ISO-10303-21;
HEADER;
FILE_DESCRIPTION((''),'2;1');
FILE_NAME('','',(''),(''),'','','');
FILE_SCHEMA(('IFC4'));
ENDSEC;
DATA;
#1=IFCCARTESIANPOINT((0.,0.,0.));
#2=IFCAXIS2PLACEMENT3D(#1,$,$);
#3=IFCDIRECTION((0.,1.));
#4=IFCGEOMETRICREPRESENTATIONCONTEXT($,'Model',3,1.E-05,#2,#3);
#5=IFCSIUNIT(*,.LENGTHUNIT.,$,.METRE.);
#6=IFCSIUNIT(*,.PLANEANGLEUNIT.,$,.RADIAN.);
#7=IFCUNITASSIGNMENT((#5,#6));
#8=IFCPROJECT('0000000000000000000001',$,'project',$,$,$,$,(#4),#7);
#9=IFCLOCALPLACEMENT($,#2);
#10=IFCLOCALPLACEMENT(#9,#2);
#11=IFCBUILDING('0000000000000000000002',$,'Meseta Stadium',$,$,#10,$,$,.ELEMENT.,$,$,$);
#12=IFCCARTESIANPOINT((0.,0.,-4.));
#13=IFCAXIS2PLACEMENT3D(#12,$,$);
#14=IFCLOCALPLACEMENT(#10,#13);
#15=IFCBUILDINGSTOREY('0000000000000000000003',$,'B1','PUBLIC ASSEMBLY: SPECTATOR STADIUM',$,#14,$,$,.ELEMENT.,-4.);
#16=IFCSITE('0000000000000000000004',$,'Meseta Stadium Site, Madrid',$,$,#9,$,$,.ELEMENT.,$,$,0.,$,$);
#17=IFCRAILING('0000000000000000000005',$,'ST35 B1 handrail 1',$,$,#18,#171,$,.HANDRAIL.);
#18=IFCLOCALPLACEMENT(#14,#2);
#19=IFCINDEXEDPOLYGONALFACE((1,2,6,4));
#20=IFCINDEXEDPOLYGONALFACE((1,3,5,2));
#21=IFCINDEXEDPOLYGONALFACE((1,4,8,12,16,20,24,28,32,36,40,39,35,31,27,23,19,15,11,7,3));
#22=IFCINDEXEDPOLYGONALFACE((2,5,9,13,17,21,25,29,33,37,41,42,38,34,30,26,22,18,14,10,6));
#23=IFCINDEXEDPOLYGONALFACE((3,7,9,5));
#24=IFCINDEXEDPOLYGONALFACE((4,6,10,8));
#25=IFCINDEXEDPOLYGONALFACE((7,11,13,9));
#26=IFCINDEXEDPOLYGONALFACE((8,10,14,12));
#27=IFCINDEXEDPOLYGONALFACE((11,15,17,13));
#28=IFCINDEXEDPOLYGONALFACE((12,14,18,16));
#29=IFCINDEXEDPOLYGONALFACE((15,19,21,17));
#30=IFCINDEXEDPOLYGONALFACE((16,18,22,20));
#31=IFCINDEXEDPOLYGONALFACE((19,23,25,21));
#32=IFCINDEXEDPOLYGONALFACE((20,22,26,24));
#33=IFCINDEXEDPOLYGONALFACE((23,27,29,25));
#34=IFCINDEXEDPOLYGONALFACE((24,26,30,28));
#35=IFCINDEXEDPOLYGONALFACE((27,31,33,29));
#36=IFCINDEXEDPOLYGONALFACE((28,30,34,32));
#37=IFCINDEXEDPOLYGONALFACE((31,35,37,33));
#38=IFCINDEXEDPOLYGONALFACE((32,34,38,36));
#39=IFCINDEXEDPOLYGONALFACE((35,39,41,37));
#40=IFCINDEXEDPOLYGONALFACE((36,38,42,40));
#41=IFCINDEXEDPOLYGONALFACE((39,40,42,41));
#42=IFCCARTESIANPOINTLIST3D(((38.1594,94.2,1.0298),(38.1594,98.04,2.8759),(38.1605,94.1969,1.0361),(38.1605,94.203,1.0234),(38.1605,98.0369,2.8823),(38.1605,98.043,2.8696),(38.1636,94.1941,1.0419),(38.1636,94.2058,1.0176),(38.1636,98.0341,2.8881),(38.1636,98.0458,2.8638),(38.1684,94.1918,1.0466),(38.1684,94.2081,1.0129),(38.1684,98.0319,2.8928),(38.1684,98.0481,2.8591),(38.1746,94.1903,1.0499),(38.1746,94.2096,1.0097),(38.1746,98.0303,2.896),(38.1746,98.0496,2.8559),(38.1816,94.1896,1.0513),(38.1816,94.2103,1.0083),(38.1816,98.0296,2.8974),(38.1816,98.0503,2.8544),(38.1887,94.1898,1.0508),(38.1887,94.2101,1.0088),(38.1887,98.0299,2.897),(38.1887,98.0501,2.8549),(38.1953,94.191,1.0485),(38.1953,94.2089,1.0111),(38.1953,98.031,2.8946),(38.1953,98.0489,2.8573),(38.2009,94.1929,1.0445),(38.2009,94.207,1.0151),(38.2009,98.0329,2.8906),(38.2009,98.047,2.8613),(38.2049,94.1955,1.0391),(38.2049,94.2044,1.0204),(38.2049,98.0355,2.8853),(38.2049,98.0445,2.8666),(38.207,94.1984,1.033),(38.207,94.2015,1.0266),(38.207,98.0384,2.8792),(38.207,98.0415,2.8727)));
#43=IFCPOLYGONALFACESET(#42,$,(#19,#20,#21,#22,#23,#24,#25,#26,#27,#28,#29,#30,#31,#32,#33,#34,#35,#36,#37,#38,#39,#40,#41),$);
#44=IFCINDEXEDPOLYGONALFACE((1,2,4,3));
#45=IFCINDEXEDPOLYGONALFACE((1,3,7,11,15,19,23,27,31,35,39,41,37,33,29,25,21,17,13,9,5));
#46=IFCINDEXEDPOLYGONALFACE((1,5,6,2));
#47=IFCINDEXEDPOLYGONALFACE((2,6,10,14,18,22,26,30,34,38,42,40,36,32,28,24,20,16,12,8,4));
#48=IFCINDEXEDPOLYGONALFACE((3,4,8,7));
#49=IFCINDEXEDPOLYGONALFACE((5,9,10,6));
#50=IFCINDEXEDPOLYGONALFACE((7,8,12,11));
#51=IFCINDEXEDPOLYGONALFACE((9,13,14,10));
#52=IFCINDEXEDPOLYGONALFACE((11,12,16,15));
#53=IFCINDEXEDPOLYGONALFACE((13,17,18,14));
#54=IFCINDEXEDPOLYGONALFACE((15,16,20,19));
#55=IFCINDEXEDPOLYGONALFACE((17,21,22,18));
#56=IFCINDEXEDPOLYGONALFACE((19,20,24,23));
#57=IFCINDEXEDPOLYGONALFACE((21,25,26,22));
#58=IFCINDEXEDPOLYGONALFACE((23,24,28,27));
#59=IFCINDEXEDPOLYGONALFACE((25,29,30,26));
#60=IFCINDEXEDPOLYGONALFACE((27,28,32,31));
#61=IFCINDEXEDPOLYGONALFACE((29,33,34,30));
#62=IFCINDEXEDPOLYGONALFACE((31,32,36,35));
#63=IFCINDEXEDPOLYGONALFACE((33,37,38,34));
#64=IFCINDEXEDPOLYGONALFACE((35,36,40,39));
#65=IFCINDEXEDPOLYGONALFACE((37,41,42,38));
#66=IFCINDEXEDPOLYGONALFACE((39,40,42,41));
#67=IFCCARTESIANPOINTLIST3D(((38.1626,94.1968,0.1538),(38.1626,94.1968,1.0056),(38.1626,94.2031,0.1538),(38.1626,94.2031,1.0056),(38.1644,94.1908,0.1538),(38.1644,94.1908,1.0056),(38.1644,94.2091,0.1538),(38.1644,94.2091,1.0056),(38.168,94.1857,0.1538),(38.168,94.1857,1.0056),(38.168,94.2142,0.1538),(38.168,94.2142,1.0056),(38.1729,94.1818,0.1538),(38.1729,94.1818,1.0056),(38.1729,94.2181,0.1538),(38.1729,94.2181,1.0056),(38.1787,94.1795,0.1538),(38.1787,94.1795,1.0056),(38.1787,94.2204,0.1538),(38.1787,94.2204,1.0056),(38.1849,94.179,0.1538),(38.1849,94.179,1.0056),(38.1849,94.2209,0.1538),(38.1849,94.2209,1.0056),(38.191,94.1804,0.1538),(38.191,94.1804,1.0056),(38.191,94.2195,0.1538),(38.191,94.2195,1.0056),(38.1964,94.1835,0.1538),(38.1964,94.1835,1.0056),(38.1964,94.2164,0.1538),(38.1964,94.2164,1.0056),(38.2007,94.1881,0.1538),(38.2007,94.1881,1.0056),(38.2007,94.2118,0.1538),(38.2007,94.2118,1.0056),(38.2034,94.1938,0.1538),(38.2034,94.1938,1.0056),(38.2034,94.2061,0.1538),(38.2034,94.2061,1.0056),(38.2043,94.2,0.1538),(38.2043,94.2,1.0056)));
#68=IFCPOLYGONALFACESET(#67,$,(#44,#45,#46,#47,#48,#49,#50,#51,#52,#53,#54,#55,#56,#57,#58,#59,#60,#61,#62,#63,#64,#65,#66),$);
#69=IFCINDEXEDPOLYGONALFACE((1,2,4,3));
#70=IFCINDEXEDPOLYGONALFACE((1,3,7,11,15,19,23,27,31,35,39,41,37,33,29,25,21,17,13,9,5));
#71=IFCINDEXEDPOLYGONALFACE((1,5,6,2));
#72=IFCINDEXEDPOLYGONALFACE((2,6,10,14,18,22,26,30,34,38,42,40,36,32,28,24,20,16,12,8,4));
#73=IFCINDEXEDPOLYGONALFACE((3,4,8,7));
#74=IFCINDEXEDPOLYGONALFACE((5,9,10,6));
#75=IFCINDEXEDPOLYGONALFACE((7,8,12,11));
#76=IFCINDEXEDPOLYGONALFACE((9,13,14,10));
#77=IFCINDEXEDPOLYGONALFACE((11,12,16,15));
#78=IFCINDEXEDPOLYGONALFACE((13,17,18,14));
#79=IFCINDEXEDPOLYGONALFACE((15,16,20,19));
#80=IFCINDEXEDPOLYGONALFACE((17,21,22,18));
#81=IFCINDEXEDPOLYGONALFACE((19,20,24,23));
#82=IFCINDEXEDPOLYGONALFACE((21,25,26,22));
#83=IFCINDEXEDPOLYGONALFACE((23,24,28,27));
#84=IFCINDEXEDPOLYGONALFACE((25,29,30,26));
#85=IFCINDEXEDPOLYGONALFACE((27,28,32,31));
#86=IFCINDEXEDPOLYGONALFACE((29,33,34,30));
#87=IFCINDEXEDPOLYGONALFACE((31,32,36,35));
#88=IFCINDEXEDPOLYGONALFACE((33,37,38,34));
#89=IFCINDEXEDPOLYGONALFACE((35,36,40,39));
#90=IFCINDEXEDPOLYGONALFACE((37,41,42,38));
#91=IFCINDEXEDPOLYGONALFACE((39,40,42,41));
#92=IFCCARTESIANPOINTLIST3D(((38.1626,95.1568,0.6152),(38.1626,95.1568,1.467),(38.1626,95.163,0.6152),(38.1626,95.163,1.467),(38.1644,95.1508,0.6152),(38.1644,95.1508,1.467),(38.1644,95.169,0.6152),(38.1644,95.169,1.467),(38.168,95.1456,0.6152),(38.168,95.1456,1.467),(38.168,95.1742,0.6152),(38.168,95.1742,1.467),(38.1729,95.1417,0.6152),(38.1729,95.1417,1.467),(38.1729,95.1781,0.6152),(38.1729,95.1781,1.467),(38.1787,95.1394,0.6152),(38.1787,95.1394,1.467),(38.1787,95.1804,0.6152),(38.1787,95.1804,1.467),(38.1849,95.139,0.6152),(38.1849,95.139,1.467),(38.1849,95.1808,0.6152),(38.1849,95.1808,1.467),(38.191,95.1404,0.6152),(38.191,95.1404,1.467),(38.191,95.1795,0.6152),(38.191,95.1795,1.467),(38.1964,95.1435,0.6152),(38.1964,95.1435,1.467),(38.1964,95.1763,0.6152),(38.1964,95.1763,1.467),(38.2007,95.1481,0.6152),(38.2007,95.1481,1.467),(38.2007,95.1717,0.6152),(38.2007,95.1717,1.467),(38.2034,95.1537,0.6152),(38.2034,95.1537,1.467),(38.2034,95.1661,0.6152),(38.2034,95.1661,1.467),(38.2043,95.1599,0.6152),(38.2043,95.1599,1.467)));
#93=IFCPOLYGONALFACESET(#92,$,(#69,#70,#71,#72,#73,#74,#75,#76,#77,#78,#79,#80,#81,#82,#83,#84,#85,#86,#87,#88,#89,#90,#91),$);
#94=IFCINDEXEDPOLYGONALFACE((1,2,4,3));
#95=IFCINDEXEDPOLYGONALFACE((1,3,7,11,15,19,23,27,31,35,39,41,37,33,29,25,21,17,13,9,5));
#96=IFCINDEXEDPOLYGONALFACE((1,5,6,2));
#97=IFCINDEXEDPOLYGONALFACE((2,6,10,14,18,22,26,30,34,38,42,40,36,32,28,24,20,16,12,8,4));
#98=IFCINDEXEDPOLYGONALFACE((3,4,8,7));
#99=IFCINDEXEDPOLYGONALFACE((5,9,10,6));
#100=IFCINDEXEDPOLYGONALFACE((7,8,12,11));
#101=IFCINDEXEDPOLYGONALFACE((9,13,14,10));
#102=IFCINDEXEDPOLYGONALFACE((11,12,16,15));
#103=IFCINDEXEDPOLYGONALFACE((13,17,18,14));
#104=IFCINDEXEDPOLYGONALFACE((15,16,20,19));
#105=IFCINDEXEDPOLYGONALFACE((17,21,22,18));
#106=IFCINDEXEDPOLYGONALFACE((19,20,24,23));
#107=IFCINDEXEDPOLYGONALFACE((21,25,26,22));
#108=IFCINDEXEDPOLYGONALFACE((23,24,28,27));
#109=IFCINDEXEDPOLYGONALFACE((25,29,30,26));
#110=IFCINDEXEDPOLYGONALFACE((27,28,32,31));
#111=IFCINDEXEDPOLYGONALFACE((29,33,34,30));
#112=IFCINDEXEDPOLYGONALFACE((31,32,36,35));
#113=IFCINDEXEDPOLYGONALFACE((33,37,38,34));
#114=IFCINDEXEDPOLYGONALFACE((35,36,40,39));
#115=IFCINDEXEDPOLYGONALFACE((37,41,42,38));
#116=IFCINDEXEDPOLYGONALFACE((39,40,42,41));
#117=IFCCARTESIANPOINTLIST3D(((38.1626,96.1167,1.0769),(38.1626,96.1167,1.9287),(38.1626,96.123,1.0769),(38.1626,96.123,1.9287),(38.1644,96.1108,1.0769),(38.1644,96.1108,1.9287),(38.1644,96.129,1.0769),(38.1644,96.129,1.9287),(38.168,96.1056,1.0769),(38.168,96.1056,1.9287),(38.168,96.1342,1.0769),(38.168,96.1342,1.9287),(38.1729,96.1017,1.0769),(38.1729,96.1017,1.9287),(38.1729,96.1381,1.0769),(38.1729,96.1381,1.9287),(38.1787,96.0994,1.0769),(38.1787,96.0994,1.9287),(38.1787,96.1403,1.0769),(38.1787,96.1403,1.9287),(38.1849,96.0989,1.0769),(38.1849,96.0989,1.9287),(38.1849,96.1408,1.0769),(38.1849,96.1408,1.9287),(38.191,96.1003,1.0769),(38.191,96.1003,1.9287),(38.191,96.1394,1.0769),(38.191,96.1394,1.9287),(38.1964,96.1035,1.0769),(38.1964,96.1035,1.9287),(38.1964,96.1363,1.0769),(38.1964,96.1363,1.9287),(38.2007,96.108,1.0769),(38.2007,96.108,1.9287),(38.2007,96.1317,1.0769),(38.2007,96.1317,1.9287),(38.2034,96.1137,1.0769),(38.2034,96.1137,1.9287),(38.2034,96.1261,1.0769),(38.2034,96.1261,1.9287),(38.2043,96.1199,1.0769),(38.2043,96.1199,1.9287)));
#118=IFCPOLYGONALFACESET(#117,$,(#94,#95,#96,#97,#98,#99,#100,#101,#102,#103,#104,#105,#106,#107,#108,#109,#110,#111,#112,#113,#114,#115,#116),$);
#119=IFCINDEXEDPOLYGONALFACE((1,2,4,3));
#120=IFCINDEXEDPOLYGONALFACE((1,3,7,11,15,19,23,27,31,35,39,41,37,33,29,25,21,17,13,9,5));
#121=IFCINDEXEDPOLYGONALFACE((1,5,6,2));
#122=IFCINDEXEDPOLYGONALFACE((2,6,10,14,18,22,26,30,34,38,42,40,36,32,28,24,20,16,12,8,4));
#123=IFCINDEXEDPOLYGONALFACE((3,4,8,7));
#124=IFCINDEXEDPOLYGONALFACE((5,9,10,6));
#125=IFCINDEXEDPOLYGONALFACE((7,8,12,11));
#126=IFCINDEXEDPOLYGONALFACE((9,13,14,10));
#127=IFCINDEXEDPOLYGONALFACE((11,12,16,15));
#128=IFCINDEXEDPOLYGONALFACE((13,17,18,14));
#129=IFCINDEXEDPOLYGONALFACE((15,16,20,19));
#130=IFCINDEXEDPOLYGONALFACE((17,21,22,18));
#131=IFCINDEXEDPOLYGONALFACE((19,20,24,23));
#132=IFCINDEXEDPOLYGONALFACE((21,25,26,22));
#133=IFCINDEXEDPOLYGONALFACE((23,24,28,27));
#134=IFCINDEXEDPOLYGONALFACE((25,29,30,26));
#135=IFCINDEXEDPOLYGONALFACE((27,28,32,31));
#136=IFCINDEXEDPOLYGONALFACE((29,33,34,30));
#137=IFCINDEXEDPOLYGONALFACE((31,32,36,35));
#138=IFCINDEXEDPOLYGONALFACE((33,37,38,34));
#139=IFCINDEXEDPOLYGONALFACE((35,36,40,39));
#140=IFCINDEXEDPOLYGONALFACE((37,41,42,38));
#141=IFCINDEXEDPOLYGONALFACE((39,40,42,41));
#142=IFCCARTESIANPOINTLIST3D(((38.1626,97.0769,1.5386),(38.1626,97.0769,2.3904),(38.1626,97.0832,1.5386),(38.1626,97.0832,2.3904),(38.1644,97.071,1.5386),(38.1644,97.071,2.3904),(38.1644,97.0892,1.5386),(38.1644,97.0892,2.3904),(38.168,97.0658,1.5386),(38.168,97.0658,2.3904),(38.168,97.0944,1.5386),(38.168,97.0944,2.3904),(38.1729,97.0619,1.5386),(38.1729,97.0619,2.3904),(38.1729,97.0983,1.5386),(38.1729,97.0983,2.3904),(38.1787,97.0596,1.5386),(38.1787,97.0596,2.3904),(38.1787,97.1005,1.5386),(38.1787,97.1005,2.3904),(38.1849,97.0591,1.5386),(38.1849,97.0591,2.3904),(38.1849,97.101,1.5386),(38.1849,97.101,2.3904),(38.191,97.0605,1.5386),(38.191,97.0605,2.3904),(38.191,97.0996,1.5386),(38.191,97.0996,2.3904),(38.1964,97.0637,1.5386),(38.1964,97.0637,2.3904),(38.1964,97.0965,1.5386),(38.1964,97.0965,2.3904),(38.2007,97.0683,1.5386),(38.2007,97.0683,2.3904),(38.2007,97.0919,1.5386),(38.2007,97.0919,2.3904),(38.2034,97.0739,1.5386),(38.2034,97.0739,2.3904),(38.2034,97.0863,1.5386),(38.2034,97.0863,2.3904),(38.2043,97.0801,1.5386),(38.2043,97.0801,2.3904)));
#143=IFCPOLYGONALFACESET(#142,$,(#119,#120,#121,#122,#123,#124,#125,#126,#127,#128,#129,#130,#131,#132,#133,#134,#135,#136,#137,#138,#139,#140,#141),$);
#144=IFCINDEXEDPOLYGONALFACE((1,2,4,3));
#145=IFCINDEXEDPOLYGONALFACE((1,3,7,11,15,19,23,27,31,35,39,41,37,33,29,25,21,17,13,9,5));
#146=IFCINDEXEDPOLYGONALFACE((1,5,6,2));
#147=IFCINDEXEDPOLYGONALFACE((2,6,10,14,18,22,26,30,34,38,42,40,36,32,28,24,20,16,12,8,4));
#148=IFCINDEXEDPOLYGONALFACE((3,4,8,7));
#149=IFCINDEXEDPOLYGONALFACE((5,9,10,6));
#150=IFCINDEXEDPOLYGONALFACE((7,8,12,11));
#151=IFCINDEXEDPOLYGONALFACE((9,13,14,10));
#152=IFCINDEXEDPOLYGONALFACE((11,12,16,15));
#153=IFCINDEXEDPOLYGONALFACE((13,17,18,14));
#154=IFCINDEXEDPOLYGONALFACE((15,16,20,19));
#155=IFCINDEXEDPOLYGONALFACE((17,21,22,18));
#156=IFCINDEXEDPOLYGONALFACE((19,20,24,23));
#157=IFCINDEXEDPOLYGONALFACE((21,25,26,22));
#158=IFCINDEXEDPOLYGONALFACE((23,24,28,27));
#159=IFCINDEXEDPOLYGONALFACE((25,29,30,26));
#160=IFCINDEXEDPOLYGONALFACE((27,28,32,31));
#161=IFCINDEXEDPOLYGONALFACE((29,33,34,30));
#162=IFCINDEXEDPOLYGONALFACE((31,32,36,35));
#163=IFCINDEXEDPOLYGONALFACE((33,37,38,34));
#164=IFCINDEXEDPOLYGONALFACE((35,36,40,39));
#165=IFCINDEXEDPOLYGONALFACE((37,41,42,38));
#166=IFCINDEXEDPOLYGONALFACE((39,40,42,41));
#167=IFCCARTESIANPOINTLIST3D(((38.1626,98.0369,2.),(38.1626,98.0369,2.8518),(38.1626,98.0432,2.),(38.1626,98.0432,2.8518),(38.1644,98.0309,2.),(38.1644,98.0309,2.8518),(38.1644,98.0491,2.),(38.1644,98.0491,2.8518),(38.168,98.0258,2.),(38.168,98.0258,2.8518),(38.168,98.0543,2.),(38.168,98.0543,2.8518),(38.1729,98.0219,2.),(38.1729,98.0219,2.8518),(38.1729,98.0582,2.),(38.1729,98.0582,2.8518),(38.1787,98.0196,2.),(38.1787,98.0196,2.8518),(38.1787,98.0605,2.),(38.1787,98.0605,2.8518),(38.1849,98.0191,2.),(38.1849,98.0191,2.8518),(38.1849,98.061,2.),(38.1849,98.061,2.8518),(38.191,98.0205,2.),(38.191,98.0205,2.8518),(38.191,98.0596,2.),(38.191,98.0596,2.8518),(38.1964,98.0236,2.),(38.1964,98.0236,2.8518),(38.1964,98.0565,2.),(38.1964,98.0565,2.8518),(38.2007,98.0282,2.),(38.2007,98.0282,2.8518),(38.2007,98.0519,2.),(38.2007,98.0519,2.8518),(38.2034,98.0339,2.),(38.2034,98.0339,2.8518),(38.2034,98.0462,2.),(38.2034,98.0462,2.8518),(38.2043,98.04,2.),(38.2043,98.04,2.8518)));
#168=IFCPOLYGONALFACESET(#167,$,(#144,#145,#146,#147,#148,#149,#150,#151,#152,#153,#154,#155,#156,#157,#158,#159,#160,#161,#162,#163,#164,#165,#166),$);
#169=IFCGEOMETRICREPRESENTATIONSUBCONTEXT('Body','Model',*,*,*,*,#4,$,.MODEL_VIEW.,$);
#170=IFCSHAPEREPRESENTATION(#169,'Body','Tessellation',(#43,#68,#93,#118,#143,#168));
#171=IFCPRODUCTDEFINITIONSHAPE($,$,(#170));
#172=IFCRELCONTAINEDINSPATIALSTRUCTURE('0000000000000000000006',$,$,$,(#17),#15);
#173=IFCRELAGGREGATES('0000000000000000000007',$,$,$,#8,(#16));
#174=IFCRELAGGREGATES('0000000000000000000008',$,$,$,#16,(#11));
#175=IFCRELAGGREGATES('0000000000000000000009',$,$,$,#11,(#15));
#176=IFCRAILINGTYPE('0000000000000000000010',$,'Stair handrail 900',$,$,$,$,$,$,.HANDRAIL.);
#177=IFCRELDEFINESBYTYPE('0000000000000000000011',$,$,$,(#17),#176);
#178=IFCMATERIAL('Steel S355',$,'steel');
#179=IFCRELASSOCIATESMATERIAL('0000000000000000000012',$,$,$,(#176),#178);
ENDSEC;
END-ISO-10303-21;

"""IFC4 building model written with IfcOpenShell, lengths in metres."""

from ifc_helpers import new_model, si_unit, direction, frame, origin, origin_2d, place, context, subcontext, project, spatial, circle, extrude, material, type_object, element, save


model = new_model("IFC4")

# Units and contexts
model_context = context("Model", 3, precision=1e-05, world=origin(), true_north=direction((0.0, 1.0)))
body_context = subcontext(model_context, "Body", "Model", "MODEL_VIEW")
ifc_project = project(units=[si_unit("LENGTHUNIT", "METRE"), si_unit("PLANEANGLEUNIT", "RADIAN")], contexts=[model_context])

# Site, building, storey
site_placement = place(None, origin())
site = spatial("IfcSite", under=ifc_project, at=site_placement, Name="Meseta Stadium Site, Madrid", CompositionType="ELEMENT", RefElevation=0.0)
building_placement = place(site_placement, origin())
building = spatial("IfcBuilding", under=site, at=building_placement, Name="Meseta Stadium", CompositionType="ELEMENT")
storey_placement = place(building_placement, frame((0.0, 0.0, -4.0)))
storey = spatial("IfcBuildingStorey", under=building, at=storey_placement, Name="B1", Description="PUBLIC ASSEMBLY: SPECTATOR STADIUM", CompositionType="ELEMENT", Elevation=-4.0)

# Railing
ifc_material_1 = material(Name="Steel S355", Category="steel")
railing_type_1 = type_object("IfcRailingType", Name="Stair handrail 900", PredefinedType="HANDRAIL", material=ifc_material_1)
for number, where, name in (
    (1, (38.1833, 94.2, 0.1538), "ST35 B1 handrail 1"),
):
    element("IfcRailing", number, at=place(storey_placement, frame(where)), inside=storey, type_object=railing_type_1, Name=name, PredefinedType="HANDRAIL", context=body_context, shape_type="SweptSolid", body=[
        extrude(circle(Radius=0.0239, at=origin_2d()), frame((0.0, 0.0, 0.876), z_axis=(0.0, 0.901253, 0.433294), x_axis=(-1.0, 0.0, 0.0)), (0.0, 0.0, 1.0), 4.2607),
        extrude(circle(Radius=0.021, at=origin_2d()), origin(), (0.0, 0.0, 1.0), 0.8518),
        extrude(circle(Radius=0.021, at=origin_2d()), frame((0.0, 0.96, 0.4614)), (0.0, 0.0, 1.0), 0.8518),
        extrude(circle(Radius=0.021, at=origin_2d()), frame((0.0, 1.9199, 0.9231)), (0.0, 0.0, 1.0), 0.8518),
        extrude(circle(Radius=0.021, at=origin_2d()), frame((0.0, 2.8801, 1.3848)), (0.0, 0.0, 1.0), 0.8518),
        extrude(circle(Radius=0.021, at=origin_2d()), frame((0.0, 3.8401, 1.8462)), (0.0, 0.0, 1.0), 0.8518),
    ])

save(model, "model.ifc")
